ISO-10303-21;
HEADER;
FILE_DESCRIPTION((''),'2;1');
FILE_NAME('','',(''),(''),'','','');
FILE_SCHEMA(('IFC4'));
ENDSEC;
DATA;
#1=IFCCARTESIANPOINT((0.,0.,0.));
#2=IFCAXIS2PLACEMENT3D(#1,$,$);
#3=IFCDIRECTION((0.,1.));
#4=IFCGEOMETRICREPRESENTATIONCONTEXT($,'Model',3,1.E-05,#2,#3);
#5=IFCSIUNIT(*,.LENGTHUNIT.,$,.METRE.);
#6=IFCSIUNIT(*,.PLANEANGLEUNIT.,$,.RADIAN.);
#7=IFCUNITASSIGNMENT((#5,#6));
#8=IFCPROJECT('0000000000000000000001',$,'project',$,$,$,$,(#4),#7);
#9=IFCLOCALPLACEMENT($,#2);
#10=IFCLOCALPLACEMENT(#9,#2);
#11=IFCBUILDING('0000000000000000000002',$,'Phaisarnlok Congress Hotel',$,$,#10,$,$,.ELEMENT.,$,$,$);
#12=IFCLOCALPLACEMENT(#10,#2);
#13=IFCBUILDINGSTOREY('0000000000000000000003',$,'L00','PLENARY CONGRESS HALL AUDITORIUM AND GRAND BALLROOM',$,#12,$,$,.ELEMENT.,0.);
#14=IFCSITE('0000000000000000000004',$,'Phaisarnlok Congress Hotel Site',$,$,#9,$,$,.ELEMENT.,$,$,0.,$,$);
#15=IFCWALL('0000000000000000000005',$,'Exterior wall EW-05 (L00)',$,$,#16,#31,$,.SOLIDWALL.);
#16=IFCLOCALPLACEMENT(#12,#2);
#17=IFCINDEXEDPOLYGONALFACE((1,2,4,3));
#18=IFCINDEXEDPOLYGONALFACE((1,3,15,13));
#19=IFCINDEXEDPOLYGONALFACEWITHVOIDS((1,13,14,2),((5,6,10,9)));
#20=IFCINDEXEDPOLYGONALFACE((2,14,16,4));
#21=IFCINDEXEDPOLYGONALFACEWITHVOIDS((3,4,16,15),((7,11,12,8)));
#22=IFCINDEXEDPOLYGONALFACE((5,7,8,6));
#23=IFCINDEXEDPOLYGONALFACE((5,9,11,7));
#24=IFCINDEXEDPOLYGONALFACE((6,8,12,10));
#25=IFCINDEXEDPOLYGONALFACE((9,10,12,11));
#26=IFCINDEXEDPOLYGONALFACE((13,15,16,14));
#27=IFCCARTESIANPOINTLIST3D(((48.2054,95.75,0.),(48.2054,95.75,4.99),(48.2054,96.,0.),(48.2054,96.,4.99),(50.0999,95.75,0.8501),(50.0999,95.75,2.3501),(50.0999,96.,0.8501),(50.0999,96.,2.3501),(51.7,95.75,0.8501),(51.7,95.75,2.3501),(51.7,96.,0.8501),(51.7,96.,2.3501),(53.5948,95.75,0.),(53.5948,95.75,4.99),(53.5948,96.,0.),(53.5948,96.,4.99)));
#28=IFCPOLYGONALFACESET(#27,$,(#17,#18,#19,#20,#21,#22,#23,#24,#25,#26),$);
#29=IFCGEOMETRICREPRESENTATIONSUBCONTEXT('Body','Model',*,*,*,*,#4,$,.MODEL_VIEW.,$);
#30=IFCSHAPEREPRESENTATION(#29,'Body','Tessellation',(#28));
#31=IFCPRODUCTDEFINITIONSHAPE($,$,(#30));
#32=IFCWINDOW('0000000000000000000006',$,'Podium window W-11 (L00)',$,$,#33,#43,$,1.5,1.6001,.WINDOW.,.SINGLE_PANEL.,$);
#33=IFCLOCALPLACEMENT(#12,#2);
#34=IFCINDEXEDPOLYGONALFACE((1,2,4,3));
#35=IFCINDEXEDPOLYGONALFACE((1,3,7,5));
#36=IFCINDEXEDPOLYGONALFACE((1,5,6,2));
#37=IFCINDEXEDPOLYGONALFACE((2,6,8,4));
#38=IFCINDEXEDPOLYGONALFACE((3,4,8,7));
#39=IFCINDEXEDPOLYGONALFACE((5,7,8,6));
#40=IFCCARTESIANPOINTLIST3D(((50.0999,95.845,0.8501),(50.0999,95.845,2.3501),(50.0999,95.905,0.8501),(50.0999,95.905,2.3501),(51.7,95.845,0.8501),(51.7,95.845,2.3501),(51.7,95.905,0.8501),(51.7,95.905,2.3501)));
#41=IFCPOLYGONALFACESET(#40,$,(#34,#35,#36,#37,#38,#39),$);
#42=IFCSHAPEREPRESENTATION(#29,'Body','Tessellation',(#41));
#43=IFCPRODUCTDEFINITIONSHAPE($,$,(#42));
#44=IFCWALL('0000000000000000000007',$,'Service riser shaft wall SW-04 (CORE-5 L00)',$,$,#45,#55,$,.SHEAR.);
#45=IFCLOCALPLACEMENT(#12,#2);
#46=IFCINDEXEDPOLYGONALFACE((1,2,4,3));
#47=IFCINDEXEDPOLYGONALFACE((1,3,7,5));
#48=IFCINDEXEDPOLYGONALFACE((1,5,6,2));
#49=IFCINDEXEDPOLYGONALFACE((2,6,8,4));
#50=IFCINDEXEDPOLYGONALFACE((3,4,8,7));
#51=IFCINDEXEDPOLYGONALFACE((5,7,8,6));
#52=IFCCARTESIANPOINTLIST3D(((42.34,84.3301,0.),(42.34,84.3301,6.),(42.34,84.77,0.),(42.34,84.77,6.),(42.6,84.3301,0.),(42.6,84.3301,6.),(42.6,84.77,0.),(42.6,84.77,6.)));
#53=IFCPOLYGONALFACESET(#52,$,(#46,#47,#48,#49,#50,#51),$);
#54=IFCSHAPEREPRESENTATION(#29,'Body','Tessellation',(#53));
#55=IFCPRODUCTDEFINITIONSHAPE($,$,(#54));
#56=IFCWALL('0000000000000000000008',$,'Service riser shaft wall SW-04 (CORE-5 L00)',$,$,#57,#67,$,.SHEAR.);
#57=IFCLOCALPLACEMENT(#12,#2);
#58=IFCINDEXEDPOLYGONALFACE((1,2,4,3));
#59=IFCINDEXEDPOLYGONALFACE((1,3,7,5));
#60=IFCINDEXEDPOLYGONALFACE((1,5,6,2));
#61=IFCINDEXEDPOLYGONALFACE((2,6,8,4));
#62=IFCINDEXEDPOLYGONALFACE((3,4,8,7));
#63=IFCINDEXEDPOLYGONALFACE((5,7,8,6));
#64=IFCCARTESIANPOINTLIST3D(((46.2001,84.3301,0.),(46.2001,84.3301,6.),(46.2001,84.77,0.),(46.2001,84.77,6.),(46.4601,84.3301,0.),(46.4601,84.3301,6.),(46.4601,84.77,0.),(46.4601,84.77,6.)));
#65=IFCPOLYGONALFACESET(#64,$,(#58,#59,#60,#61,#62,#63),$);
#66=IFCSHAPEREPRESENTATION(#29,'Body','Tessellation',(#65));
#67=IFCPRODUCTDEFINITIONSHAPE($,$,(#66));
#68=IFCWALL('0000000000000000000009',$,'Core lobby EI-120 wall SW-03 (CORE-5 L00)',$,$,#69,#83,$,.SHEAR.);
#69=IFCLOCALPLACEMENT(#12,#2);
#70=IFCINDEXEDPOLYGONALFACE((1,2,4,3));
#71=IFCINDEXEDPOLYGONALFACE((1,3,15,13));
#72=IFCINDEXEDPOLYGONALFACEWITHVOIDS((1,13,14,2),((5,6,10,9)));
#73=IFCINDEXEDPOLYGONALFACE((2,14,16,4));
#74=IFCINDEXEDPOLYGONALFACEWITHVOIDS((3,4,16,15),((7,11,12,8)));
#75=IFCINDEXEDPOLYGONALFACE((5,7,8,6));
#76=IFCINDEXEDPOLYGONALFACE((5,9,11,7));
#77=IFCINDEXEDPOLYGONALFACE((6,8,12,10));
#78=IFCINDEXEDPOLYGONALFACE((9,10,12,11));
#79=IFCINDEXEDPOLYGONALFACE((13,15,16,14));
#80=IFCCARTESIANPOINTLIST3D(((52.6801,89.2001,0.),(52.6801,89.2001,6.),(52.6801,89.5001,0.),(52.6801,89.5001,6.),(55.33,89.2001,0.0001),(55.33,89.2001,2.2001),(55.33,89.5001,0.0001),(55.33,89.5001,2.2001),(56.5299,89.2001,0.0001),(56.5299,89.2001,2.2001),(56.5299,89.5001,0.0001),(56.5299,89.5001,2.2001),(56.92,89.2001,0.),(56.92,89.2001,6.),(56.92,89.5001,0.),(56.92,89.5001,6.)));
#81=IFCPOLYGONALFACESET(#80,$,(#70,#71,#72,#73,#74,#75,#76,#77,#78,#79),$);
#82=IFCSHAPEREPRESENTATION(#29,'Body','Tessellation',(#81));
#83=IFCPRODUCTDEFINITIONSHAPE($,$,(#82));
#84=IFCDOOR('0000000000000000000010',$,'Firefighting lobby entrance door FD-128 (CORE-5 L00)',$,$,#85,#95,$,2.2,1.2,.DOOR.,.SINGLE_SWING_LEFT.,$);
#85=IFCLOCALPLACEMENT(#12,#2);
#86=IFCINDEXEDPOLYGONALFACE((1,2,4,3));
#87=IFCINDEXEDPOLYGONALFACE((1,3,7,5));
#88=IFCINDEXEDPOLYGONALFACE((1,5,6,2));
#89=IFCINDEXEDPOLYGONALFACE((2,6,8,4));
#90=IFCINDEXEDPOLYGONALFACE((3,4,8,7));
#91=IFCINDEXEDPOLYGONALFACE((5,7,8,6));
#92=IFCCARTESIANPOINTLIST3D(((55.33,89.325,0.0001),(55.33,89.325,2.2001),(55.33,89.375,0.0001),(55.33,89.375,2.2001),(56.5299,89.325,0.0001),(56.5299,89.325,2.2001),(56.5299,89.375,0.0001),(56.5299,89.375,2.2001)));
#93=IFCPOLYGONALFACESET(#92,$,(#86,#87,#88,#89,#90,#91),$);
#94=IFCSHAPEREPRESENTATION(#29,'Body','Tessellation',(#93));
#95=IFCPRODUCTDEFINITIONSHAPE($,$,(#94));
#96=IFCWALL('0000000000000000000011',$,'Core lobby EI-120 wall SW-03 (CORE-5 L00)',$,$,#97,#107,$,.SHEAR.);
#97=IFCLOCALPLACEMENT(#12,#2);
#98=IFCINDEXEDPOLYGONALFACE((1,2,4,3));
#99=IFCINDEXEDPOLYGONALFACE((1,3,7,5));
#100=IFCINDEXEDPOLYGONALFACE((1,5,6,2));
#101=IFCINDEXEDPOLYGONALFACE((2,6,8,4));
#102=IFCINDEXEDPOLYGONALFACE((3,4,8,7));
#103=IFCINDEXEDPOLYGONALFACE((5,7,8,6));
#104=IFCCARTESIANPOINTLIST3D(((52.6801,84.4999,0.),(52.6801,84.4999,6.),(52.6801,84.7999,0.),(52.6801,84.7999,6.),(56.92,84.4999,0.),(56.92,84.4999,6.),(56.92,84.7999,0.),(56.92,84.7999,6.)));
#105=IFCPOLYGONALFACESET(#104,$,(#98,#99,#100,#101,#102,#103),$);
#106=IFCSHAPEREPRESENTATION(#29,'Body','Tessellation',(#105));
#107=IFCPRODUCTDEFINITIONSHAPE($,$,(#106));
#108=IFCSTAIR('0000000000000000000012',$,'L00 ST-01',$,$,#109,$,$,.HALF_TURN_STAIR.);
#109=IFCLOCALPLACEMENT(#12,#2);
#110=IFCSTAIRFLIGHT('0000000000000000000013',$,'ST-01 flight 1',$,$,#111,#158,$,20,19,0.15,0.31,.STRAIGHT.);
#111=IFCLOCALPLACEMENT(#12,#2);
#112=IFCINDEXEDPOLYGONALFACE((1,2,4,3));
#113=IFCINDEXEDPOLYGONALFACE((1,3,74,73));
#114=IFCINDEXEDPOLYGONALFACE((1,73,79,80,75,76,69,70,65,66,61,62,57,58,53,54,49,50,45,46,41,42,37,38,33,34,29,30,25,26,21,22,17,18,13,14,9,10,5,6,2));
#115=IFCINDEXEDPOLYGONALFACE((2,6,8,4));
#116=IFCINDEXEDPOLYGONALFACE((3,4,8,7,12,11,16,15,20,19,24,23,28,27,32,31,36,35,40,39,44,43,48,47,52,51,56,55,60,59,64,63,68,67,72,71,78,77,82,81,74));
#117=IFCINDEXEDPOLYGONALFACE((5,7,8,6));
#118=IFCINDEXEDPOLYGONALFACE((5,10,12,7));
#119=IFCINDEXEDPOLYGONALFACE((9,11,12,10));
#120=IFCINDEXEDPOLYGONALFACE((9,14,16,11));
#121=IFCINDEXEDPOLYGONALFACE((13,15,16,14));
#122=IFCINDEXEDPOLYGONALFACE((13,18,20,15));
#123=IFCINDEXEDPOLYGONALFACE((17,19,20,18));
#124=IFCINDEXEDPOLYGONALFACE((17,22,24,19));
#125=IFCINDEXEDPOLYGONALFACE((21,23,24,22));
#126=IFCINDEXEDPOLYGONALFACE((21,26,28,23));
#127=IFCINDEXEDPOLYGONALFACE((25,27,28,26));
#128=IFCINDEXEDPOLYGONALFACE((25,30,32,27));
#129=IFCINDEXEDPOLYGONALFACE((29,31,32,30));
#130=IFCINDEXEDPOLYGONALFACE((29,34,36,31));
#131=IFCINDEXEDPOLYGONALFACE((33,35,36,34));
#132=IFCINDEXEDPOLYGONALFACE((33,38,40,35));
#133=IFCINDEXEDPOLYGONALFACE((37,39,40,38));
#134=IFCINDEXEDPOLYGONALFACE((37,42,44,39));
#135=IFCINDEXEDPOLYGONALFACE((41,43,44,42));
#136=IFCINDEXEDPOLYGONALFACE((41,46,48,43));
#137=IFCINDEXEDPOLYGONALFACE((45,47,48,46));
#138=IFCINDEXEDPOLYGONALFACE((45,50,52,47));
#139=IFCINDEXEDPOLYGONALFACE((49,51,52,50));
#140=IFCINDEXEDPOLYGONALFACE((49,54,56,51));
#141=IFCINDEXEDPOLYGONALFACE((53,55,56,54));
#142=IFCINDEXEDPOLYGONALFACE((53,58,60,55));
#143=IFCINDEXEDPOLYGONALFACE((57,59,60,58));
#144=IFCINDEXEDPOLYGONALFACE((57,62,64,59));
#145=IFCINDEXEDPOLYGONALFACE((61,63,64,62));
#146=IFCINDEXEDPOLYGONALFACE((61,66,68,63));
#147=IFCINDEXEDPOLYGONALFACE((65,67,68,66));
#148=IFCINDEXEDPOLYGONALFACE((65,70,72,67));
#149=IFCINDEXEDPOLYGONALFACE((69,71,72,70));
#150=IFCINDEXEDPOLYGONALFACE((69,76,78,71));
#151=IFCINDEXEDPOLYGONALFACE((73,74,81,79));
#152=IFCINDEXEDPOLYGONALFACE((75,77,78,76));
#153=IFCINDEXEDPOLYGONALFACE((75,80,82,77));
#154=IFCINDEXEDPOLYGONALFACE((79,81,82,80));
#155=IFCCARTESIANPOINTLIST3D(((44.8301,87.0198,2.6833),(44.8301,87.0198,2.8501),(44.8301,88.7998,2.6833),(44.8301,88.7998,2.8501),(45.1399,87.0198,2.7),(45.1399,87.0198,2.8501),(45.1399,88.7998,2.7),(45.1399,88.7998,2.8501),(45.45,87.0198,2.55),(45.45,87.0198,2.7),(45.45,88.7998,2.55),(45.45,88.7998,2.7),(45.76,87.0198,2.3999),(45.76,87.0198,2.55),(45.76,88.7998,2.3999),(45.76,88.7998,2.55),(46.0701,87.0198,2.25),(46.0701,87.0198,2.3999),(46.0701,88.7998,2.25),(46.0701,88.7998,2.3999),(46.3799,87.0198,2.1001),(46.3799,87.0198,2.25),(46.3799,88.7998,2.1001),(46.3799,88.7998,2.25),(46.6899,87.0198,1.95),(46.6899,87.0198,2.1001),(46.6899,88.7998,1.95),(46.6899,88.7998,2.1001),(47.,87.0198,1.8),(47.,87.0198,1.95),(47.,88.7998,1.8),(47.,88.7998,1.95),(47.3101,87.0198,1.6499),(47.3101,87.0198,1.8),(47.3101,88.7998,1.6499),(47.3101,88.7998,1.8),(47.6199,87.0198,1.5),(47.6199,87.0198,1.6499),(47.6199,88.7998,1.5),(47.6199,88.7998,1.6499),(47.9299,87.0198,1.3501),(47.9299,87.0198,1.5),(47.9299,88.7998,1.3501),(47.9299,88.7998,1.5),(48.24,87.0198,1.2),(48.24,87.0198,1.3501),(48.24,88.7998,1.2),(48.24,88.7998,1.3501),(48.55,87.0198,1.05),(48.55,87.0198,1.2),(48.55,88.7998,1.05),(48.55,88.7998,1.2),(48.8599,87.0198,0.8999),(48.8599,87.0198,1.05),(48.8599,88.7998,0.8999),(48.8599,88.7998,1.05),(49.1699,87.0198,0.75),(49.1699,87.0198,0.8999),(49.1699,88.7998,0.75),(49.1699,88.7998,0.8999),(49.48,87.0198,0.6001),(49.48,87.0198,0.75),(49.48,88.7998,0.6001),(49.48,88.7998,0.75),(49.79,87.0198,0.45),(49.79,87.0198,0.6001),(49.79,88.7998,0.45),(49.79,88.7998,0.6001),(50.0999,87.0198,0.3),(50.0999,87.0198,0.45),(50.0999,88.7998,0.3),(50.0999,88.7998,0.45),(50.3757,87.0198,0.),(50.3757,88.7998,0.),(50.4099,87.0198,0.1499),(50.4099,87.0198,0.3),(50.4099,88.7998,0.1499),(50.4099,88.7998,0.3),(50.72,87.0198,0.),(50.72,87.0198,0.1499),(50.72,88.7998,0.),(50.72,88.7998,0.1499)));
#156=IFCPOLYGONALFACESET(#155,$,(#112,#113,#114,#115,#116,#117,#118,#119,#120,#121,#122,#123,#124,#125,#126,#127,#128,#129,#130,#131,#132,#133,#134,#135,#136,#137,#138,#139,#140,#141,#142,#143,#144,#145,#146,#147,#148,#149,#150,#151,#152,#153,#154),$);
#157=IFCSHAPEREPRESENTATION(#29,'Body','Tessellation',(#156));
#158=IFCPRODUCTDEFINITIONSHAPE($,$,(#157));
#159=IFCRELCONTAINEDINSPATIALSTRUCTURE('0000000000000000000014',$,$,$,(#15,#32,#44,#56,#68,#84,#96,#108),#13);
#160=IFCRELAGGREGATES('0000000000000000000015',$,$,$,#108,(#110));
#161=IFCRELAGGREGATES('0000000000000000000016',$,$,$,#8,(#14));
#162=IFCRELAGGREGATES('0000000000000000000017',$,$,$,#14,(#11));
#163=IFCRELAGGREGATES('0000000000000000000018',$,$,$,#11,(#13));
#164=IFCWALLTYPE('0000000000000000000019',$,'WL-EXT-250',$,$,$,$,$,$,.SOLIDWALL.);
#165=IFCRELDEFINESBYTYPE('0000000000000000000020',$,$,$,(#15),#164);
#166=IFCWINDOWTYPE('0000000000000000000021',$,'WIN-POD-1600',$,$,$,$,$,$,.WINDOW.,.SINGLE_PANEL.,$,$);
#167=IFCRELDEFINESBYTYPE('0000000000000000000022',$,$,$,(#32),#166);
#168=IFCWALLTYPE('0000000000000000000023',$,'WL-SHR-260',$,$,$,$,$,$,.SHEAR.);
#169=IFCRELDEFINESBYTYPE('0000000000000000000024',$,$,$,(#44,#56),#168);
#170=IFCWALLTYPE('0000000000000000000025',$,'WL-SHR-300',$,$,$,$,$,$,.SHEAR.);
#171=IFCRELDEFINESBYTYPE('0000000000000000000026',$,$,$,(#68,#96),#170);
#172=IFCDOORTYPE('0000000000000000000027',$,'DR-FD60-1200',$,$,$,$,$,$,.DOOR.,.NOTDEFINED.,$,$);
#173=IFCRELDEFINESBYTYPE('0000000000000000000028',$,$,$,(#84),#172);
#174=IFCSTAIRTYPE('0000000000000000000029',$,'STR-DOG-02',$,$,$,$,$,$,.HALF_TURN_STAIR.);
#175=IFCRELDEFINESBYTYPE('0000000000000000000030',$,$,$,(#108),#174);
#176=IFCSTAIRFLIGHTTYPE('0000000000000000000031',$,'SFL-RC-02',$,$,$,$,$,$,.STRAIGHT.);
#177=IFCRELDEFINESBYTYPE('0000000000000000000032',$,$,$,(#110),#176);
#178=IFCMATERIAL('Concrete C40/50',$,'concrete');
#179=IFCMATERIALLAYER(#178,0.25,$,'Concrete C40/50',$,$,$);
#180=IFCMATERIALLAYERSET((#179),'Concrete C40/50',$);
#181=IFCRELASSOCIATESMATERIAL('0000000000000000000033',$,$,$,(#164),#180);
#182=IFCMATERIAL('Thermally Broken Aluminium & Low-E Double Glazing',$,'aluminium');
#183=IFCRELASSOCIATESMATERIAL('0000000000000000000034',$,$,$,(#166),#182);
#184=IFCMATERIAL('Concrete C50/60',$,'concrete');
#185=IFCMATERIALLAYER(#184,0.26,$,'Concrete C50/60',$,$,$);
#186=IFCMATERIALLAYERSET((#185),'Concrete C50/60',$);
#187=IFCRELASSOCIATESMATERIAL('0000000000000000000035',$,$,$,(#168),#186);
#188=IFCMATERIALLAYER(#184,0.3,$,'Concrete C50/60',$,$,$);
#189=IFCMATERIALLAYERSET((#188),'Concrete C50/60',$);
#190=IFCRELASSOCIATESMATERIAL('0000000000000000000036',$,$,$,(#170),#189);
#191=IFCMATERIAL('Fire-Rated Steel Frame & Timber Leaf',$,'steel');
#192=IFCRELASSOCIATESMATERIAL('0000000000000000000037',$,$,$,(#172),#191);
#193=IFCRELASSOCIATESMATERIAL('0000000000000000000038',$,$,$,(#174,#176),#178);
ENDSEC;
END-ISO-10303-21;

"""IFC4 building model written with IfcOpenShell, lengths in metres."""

from ifc_helpers import new_model, si_unit, direction, frame, frame_2d, origin, place, context, subcontext, project, spatial, polyline, rectangle, outline, extrude, material, layer, layer_set, type_object, element, fill, aggregate, save


model = new_model("IFC4")

# Units and contexts
model_context = context("Model", 3, precision=1e-05, world=origin(), true_north=direction((0.0, 1.0)))
body_context = subcontext(model_context, "Body", "Model", "MODEL_VIEW")
ifc_project = project(units=[si_unit("LENGTHUNIT", "METRE"), si_unit("PLANEANGLEUNIT", "RADIAN")], contexts=[model_context])

# Site, building, storey
site_placement = place(None, origin())
site = spatial("IfcSite", under=ifc_project, at=site_placement, Name="Phaisarnlok Congress Hotel Site", CompositionType="ELEMENT", RefElevation=0.0)
building_placement = place(site_placement, origin())
building = spatial("IfcBuilding", under=site, at=building_placement, Name="Phaisarnlok Congress Hotel", CompositionType="ELEMENT")
storey_placement = place(building_placement, origin())
storey = spatial("IfcBuildingStorey", under=building, at=storey_placement, Name="L00", Description="PLENARY CONGRESS HALL AUDITORIUM AND GRAND BALLROOM", CompositionType="ELEMENT", Elevation=0.0)

# Shared definitions
ifc_material_1 = material(Name="Concrete C50/60", Category="concrete")

# Shared definitions
ifc_material_2 = material(Name="Concrete C40/50", Category="concrete")

# Wall, opening, window
ifc_layer_1 = layer(ifc_material_2, 0.25, Name="Concrete C40/50")
ifc_layer_set_1 = layer_set([ifc_layer_1], Name="Concrete C40/50")
wall_type_1 = type_object("IfcWallType", Name="WL-EXT-250", PredefinedType="SOLIDWALL", material=ifc_layer_set_1)
wall_1_placement = place(storey_placement, frame((53.595, 95.875, 0.0), z_axis=(0.0, 0.0, 1.0), x_axis=(-1.0, 0.0, 0.0)))
wall_1 = element("IfcWall", 1, at=wall_1_placement, inside=storey, type_object=wall_type_1, Name="Exterior wall EW-05 (L00)", PredefinedType="SOLIDWALL", context=body_context, shape_type="SweptSolid", body=[
    extrude(rectangle(XDim=5.3894, YDim=0.25, at=frame_2d((2.6948, 0.0))), origin(), (0.0, 0.0, 1.0), 4.99),
])
opening_1_placement = place(wall_1_placement, frame((1.895, 0.0, 0.8501)))
opening_1 = element("IfcOpeningElement", 2, at=opening_1_placement, cuts=wall_1, PredefinedType="OPENING", context=body_context, shape_type="SweptSolid", body=[
    extrude(rectangle(XDim=1.6001, YDim=1.5, at=frame_2d((0.8, 0.75))), frame((0.0, 0.135, 0.0), z_axis=(0.0, -1.0, 0.0), x_axis=(1.0, 0.0, 0.0)), (0.0, 0.0, 1.0), 0.27),
])
ifc_material_3 = material(Name="Thermally Broken Aluminium & Low-E Double Glazing", Category="aluminium")
window_type = type_object("IfcWindowType", Name="WIN-POD-1600", PartitioningType="SINGLE_PANEL", PredefinedType="WINDOW", material=ifc_material_3)
window_placement = place(opening_1_placement, origin())
window = element("IfcWindow", 3, at=window_placement, inside=storey, type_object=window_type, Name="Podium window W-11 (L00)", OverallHeight=1.5, OverallWidth=1.6001, PartitioningType="SINGLE_PANEL", PredefinedType="WINDOW", context=body_context, shape_type="SweptSolid", body=[
    extrude(rectangle(XDim=1.6001, YDim=1.5, at=frame_2d((0.8, 0.75))), frame((0.0, 0.03, 0.0), z_axis=(0.0, -1.0, 0.0), x_axis=(1.0, 0.0, 0.0)), (0.0, 0.0, 1.0), 0.0601),
])
fill(opening_1, window)

# Shared definitions
ifc_layer_2 = layer(ifc_material_1, 0.26, Name="Concrete C50/60")
ifc_layer_set_2 = layer_set([ifc_layer_2], Name="Concrete C50/60")
wall_type_2 = type_object("IfcWallType", Name="WL-SHR-260", PredefinedType="SHEAR", material=ifc_layer_set_2)
ifc_material_4 = material(Name="Fire-Rated Steel Frame & Timber Leaf", Category="steel")

# Walls
for number, where, z_axis, x_axis, name in (
    (4, (42.47, 84.3301, 0.0), (0.0, 0.0, 1.0), (0.0, 1.0, 0.0), "Service riser shaft wall SW-04 (CORE-5 L00)"),
    (5, (46.3301, 84.3301, 0.0), (0.0, 0.0, 1.0), (0.0, 1.0, 0.0), "Service riser shaft wall SW-04 (CORE-5 L00)"),
):
    element("IfcWall", number, at=place(storey_placement, frame(where, z_axis=z_axis, x_axis=x_axis)), inside=storey, type_object=wall_type_2, Name=name, PredefinedType="SHEAR", context=body_context, shape_type="SweptSolid", body=[
        extrude(rectangle(XDim=0.4399, YDim=0.26, at=frame_2d((0.22, 0.0))), origin(), (0.0, 0.0, 1.0), 6.0),
    ])

# Wall, opening, door
ifc_layer_3 = layer(ifc_material_1, 0.3, Name="Concrete C50/60")
ifc_layer_set_3 = layer_set([ifc_layer_3], Name="Concrete C50/60")
wall_type_3 = type_object("IfcWallType", Name="WL-SHR-300", PredefinedType="SHEAR", material=ifc_layer_set_3)
wall_2_placement = place(storey_placement, frame((52.6799, 89.3501, 0.0), z_axis=(0.0, 0.0, 1.0), x_axis=(1.0, 0.0, 0.0)))
wall_2 = element("IfcWall", 6, at=wall_2_placement, inside=storey, type_object=wall_type_3, Name="Core lobby EI-120 wall SW-03 (CORE-5 L00)", PredefinedType="SHEAR", context=body_context, shape_type="SweptSolid", body=[
    extrude(rectangle(XDim=4.24, YDim=0.3, at=frame_2d((2.1201, 0.0))), origin(), (0.0, 0.0, 1.0), 6.0),
])
opening_2_placement = place(wall_2_placement, frame((2.6499, 0.0, 0.0)))
opening_2 = element("IfcOpeningElement", 7, at=opening_2_placement, cuts=wall_2, PredefinedType="OPENING", context=body_context, shape_type="SweptSolid", body=[
    extrude(rectangle(XDim=1.2, YDim=2.2, at=frame_2d((0.6001, 1.1001))), frame((0.0, 0.1602, 0.0), z_axis=(0.0, -1.0, 0.0), x_axis=(1.0, 0.0, 0.0)), (0.0, 0.0, 1.0), 0.3201),
])
door_type_1 = type_object("IfcDoorType", Name="DR-FD60-1200", OperationType="NOTDEFINED", PredefinedType="DOOR", material=ifc_material_4)
door_1_placement = place(opening_2_placement, origin())
door_1 = element("IfcDoor", 8, at=door_1_placement, inside=storey, type_object=door_type_1, Name="Firefighting lobby entrance door FD-128 (CORE-5 L00)", OperationType="SINGLE_SWING_LEFT", OverallHeight=2.2, OverallWidth=1.2, PredefinedType="DOOR", context=body_context, shape_type="SweptSolid", body=[
    extrude(rectangle(XDim=1.2, YDim=2.2, at=frame_2d((0.6001, 1.1001))), frame((0.0, 0.0249, 0.0), z_axis=(0.0, -1.0, 0.0), x_axis=(1.0, 0.0, 0.0)), (0.0, 0.0, 1.0), 0.05),
])
fill(opening_2, door_1)

# Wall
wall_3_placement = place(storey_placement, frame((52.6799, 84.6499, 0.0), z_axis=(0.0, 0.0, 1.0), x_axis=(1.0, 0.0, 0.0)))
element("IfcWall", 9, at=wall_3_placement, inside=storey, type_object=wall_type_3, Name="Core lobby EI-120 wall SW-03 (CORE-5 L00)", PredefinedType="SHEAR", context=body_context, shape_type="SweptSolid", body=[
    extrude(rectangle(XDim=4.24, YDim=0.3, at=frame_2d((2.1201, 0.0))), origin(), (0.0, 0.0, 1.0), 6.0),
])

# Stair, stair flight
stair_type = type_object("IfcStairType", Name="STR-DOG-02", PredefinedType="HALF_TURN_STAIR", material=ifc_material_2)
stair_placement = place(storey_placement, origin())
stair = element("IfcStair", 10, at=stair_placement, inside=storey, type_object=stair_type, Name="L00 ST-01", PredefinedType="HALF_TURN_STAIR")
stair_flight_type = type_object("IfcStairFlightType", Name="SFL-RC-02", PredefinedType="STRAIGHT", material=ifc_material_2)
stair_flight_1_placement = place(storey_placement, frame((50.72, 87.9099, 0.0), z_axis=(0.0, 0.0, 1.0), x_axis=(-1.0, 0.0, 0.0)))
stair_flight_1 = element("IfcStairFlight", 11, at=stair_flight_1_placement, type_object=stair_flight_type, Name="ST-01 flight 1", NumberOfRisers=20, NumberOfTreads=19, PredefinedType="STRAIGHT", RiserHeight=0.15, TreadLength=0.31, context=body_context, shape_type="SweptSolid", body=[
    extrude(outline(polyline([(0.0, 0.0), (0.0, 0.1499), (0.3101, 0.1499), (0.3101, 0.3), (0.6201, 0.3), (0.6201, 0.45), (0.9299, 0.45), (0.9299, 0.6001), (1.24, 0.6001), (1.24, 0.75), (1.55, 0.75), (1.55, 0.8999), (1.8601, 0.8999), (1.8601, 1.05), (2.1699, 1.05), (2.1699, 1.2), (2.48, 1.2), (2.48, 1.3501), (2.79, 1.3501), (2.79, 1.5), (3.1001, 1.5), (3.1001, 1.6499), (3.4099, 1.6499), (3.4099, 1.8), (3.72, 1.8), (3.72, 1.95), (4.03, 1.95), (4.03, 2.1001), (4.3401, 2.1001), (4.3401, 2.25), (4.6499, 2.25), (4.6499, 2.3999), (4.96, 2.3999), (4.96, 2.55), (5.27, 2.55), (5.27, 2.7), (5.5801, 2.7), (5.5801, 2.8501), (5.8899, 2.8501), (5.8899, 3.0), (5.8899, 2.6833), (0.3442, 0.0), (0.0, 0.0)])), frame((0.0, 0.8901, 0.0), z_axis=(0.0, -1.0, 0.0), x_axis=(1.0, 0.0, 0.0)), (0.0, 0.0, 1.0), 1.78),
])
aggregate(stair, [stair_flight_1])

save(model, "model.ifc")
